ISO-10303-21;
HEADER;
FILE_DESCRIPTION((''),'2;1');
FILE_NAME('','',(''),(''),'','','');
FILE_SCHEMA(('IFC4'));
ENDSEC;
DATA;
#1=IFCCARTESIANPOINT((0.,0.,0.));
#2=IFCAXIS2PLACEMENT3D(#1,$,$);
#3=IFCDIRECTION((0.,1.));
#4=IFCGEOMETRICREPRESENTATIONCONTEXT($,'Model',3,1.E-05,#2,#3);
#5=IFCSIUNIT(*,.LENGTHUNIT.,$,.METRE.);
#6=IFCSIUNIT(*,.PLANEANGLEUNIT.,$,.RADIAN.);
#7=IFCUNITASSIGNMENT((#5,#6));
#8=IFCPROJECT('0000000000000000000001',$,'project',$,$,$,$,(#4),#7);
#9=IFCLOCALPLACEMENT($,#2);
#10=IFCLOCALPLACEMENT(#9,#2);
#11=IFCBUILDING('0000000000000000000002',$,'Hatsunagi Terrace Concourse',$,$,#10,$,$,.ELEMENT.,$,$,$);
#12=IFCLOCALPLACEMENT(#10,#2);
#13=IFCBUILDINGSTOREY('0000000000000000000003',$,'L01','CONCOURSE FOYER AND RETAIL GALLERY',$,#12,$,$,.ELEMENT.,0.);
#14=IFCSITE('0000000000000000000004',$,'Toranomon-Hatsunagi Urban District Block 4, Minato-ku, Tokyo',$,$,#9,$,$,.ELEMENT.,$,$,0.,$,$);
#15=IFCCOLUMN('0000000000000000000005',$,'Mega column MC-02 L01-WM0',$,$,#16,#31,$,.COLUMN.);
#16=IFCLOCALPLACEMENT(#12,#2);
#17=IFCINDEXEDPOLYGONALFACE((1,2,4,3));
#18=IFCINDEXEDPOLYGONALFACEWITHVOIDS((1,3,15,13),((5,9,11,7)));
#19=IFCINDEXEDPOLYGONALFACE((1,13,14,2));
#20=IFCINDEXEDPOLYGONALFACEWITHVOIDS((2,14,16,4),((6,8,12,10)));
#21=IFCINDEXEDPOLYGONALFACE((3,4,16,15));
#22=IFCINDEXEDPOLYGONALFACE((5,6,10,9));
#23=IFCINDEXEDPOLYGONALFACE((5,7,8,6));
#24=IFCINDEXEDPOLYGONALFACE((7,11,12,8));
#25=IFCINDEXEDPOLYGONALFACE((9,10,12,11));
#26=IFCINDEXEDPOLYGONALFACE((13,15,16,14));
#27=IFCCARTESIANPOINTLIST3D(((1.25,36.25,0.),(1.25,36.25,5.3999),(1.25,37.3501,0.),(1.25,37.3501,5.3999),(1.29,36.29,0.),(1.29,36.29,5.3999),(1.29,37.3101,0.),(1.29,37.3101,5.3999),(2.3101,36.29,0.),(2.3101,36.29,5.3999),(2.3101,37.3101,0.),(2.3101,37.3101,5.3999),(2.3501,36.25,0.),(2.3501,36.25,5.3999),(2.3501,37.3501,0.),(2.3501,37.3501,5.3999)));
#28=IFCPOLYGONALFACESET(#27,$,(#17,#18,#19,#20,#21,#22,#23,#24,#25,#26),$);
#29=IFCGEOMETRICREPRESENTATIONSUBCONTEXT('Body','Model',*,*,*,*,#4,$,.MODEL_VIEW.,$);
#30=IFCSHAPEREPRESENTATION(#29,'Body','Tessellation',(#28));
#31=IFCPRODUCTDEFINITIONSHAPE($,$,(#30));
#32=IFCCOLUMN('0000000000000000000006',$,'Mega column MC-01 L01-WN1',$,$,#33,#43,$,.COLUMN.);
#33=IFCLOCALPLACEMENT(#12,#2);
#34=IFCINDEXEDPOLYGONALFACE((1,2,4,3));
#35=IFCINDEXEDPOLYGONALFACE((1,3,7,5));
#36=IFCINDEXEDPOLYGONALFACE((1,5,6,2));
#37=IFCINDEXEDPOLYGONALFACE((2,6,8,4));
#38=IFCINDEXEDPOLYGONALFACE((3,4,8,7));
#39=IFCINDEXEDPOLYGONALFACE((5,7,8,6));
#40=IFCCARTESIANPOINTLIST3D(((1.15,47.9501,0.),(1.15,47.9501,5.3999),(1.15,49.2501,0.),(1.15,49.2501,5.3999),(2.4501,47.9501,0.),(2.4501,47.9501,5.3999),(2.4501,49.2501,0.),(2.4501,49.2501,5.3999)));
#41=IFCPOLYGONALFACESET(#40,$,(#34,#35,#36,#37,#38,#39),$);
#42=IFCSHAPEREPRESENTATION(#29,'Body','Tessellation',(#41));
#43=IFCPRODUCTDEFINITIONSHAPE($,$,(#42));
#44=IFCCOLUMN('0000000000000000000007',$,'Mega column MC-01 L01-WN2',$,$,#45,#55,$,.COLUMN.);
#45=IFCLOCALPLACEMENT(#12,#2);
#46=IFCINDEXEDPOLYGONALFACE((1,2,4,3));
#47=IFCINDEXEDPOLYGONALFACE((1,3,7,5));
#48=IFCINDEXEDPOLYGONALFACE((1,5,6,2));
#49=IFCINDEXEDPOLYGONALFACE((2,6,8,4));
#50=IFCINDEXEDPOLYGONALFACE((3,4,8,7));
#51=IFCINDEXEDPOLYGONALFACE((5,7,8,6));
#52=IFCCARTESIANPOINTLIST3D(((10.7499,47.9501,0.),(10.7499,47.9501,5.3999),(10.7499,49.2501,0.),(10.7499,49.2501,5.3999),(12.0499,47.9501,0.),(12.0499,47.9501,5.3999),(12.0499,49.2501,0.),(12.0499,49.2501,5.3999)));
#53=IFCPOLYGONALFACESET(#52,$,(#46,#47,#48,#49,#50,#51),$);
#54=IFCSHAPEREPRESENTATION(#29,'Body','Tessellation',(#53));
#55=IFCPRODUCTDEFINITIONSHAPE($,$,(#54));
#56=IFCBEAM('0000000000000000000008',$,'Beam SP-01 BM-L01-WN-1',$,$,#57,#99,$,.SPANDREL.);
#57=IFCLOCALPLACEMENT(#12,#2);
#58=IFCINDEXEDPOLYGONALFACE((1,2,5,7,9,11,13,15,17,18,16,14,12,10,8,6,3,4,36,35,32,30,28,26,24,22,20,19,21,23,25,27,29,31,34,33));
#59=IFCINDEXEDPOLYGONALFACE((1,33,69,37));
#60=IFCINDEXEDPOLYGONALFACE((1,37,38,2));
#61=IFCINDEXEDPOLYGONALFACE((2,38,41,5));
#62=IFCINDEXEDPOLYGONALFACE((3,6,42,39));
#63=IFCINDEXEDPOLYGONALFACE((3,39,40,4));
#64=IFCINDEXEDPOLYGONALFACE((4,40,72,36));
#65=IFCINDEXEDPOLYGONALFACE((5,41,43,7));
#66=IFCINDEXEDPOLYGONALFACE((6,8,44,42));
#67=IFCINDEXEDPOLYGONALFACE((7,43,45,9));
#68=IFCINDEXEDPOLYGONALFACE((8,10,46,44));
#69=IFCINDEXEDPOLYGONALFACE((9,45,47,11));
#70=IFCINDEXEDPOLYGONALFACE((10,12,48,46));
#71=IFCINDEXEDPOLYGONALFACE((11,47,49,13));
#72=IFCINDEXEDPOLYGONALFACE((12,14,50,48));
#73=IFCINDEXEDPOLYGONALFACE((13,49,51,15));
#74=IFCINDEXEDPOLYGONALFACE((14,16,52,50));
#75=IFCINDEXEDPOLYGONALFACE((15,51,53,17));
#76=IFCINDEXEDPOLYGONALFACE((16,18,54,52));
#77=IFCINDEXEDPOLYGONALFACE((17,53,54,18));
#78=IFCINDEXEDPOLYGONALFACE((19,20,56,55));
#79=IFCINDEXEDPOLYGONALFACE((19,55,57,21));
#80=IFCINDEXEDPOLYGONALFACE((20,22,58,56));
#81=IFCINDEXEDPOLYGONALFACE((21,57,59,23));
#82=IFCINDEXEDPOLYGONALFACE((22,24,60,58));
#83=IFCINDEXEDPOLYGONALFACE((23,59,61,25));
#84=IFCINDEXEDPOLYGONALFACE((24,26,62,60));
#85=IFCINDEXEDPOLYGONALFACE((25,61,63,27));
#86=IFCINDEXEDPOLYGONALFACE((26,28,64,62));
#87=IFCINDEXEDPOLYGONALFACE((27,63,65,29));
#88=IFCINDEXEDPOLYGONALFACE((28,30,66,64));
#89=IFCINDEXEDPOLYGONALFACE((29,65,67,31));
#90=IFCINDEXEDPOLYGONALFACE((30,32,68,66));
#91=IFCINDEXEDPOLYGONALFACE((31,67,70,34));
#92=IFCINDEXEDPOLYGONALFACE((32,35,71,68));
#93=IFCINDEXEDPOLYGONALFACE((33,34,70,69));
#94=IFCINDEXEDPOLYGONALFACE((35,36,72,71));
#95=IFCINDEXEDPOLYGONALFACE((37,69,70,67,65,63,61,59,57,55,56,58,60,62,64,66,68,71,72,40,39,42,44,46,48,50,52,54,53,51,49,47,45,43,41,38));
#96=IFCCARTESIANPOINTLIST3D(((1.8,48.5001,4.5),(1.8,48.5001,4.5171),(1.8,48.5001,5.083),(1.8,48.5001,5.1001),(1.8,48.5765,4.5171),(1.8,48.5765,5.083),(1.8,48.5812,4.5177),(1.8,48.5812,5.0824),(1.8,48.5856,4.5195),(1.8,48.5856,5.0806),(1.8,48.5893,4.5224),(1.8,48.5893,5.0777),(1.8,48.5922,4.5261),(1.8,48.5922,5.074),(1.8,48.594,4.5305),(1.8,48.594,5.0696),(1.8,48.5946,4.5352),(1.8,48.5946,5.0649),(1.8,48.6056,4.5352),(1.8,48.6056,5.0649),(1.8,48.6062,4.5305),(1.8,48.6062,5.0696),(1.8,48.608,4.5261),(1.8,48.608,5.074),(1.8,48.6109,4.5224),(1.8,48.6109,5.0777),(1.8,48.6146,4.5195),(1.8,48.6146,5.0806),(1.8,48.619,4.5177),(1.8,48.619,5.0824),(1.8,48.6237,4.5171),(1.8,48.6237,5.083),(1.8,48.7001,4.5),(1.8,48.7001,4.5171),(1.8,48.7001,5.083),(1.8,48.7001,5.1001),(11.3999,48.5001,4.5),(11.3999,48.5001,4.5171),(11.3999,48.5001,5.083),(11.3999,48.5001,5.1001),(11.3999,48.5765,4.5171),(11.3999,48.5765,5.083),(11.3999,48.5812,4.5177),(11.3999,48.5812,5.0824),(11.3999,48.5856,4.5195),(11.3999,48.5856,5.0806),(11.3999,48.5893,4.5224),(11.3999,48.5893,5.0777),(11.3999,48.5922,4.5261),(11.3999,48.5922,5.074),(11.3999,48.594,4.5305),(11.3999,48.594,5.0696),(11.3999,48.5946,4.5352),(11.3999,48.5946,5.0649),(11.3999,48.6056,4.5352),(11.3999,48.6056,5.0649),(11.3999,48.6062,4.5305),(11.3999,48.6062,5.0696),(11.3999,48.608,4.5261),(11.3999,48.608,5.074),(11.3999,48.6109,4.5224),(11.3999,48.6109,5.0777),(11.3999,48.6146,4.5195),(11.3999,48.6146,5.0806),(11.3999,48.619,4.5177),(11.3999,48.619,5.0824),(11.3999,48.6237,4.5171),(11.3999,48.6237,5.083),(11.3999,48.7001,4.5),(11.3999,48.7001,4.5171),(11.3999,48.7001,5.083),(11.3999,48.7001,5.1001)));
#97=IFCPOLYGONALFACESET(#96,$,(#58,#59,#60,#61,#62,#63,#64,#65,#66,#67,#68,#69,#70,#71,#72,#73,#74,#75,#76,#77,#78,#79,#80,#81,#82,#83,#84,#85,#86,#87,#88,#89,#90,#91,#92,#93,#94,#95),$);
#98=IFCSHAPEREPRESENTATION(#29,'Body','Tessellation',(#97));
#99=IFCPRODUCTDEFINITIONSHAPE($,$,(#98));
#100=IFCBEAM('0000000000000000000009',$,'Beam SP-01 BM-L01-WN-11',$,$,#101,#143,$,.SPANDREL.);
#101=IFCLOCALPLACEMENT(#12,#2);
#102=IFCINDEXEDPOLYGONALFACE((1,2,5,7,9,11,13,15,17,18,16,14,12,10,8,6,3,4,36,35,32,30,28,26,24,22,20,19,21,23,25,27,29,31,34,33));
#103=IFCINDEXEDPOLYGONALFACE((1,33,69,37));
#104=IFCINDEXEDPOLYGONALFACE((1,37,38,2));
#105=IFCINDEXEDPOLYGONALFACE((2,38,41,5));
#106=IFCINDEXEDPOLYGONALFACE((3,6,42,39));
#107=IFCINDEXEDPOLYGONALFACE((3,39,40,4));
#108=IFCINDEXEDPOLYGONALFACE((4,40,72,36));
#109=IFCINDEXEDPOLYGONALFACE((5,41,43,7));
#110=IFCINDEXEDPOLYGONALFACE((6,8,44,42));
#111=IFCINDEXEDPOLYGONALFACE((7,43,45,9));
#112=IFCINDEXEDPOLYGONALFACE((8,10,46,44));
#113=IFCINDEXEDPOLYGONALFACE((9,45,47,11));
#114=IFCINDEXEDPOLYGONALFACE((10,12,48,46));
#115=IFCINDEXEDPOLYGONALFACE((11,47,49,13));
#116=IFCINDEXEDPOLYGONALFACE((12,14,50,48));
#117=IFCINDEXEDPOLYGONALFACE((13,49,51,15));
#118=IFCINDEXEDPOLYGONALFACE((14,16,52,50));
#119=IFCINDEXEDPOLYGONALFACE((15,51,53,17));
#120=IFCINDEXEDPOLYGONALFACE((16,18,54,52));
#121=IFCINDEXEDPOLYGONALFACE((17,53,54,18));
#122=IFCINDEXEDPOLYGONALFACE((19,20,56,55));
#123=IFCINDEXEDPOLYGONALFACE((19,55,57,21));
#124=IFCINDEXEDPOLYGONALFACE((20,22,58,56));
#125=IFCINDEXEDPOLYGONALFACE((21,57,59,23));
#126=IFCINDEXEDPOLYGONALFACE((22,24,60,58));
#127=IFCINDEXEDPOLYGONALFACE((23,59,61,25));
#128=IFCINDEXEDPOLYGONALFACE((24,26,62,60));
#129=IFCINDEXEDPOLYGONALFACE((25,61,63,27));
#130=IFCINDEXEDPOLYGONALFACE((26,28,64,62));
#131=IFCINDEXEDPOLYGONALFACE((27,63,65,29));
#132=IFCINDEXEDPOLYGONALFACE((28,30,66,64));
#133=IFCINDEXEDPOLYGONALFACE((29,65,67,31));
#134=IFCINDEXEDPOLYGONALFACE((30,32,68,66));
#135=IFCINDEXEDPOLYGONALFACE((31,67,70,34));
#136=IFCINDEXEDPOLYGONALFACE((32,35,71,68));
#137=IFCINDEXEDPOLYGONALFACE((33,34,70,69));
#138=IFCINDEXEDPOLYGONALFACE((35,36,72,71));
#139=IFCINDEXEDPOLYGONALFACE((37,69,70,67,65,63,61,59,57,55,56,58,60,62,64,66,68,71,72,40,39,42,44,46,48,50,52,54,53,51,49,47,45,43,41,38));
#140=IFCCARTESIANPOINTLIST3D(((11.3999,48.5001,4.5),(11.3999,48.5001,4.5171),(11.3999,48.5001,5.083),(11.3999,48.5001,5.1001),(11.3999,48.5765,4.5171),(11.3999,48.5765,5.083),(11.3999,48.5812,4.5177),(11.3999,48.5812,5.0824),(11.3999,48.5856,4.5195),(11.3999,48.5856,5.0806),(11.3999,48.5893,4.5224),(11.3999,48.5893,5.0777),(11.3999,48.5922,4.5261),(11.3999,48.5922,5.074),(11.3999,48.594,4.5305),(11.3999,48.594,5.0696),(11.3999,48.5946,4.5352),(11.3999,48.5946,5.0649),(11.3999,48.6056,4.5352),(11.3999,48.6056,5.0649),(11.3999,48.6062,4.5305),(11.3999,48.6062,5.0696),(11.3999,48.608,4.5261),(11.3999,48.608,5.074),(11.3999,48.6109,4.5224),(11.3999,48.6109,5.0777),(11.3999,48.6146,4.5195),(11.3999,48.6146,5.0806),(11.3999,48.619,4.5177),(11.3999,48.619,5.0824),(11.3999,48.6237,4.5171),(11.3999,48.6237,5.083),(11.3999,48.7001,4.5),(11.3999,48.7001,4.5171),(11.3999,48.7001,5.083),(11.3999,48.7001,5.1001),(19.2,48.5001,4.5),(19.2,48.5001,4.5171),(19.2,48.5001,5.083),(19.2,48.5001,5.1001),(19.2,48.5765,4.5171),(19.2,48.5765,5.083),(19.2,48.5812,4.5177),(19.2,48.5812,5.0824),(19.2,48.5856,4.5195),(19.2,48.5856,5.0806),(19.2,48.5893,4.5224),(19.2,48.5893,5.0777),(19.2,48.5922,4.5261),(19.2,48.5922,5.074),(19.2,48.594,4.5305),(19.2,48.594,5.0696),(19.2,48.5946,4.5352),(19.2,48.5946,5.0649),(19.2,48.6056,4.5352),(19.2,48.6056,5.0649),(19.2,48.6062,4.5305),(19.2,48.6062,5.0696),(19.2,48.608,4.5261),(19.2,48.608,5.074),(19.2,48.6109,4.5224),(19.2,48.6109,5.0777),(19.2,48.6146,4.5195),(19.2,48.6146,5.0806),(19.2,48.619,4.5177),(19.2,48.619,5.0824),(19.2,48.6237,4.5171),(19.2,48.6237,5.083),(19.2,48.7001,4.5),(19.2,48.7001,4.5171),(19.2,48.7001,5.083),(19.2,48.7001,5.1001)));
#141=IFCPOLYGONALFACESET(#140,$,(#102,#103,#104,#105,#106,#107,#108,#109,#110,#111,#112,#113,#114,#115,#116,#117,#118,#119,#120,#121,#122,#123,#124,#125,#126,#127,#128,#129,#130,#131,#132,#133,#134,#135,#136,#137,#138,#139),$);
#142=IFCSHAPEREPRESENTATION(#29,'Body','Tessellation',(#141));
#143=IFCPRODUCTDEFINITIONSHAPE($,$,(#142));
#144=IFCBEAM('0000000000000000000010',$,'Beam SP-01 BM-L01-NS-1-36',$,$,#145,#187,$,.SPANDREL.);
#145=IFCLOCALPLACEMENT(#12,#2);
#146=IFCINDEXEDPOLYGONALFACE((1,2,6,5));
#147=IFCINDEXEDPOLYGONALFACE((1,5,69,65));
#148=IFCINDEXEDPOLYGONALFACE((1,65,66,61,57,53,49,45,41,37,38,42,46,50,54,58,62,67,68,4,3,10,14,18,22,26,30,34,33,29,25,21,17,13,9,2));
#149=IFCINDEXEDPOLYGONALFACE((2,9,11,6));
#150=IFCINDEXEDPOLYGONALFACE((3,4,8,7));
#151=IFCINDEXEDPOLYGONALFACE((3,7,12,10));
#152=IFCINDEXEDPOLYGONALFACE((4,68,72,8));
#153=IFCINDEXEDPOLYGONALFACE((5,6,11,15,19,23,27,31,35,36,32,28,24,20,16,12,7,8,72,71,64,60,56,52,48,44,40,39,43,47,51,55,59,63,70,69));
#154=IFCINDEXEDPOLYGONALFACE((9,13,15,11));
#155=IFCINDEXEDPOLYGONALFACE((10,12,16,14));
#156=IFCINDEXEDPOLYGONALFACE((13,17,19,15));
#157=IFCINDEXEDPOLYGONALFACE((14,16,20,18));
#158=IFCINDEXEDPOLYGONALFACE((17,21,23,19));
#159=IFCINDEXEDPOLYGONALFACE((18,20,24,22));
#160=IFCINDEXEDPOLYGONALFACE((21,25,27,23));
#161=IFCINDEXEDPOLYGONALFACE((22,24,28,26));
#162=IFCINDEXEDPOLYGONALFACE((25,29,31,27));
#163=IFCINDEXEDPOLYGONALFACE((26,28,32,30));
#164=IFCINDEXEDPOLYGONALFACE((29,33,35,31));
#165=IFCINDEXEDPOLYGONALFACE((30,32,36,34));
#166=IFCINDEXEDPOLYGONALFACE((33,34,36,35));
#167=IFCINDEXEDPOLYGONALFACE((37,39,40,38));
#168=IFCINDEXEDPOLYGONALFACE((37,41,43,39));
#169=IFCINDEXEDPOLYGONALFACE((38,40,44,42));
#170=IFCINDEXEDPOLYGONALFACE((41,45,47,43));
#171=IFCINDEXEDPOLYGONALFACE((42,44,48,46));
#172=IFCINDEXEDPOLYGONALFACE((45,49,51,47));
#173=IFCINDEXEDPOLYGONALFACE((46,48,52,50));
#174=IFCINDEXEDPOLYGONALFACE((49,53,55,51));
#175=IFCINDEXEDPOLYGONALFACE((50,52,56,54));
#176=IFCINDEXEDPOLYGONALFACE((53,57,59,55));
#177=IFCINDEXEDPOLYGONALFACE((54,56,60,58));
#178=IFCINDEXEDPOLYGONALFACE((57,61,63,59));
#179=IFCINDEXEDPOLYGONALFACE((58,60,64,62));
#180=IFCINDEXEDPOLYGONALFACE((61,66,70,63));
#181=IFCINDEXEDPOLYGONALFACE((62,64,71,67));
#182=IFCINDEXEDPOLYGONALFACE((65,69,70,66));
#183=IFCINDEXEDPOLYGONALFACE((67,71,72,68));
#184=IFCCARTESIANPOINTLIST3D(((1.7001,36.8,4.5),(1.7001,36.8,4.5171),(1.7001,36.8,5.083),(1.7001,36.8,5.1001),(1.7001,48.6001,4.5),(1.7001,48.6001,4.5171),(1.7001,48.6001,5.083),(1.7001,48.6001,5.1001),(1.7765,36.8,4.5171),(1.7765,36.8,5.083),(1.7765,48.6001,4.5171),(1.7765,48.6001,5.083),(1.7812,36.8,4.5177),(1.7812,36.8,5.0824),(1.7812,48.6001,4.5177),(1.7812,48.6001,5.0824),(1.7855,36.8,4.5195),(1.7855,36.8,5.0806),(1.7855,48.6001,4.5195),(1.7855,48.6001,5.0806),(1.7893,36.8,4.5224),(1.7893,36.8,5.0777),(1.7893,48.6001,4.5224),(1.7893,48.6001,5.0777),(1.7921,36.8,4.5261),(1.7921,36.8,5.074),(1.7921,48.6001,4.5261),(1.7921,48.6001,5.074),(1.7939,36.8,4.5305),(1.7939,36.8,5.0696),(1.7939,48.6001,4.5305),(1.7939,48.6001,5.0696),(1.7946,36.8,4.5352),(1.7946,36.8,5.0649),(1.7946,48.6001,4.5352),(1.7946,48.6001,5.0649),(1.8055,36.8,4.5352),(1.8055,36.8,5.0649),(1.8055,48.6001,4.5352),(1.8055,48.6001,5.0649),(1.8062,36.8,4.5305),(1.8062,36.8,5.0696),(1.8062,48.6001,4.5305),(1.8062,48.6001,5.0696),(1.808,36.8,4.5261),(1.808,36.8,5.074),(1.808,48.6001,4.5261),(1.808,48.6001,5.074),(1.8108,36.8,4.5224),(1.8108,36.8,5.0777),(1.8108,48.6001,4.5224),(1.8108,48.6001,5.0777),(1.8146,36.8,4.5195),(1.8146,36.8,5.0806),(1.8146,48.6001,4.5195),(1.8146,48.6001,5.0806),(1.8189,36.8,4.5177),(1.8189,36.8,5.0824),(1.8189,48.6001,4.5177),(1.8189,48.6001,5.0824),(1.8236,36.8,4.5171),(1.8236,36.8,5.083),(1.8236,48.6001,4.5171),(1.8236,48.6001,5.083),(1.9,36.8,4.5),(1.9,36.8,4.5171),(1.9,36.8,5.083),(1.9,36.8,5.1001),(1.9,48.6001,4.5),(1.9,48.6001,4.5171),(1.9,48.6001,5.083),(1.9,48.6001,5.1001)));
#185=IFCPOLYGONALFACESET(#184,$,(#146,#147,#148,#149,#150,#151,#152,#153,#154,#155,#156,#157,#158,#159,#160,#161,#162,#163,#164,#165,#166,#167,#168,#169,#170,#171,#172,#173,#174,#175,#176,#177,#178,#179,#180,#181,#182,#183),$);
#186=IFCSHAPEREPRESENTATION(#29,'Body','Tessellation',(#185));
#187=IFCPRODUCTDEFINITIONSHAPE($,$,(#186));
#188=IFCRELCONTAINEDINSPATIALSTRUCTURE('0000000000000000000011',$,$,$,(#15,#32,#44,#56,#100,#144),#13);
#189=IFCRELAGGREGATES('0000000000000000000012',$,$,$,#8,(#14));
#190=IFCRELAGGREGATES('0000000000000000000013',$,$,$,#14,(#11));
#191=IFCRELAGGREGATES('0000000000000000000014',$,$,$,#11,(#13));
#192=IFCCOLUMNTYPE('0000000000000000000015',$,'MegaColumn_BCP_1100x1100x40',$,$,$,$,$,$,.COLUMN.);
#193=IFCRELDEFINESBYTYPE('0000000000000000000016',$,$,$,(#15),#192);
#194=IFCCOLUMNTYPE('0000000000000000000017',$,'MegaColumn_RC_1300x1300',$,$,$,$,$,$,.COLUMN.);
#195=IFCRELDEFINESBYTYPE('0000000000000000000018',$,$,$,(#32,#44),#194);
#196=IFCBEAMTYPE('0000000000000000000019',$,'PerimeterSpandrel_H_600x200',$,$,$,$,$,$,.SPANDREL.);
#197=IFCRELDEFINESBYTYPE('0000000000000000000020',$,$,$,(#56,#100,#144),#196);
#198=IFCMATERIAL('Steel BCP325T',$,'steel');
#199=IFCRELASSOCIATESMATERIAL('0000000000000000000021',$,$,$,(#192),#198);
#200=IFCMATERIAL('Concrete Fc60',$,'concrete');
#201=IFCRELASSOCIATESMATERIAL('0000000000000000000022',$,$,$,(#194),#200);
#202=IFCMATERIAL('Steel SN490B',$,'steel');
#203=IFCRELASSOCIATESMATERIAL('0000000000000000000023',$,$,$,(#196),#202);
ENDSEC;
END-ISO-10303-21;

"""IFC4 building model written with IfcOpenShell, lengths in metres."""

from ifc_helpers import new_model, si_unit, direction, frame, origin, origin_2d, place, context, subcontext, project, spatial, rectangle, hollow_rectangle, i_section, extrude, material, material_profile, profile_set, type_object, element, save


model = new_model("IFC4")

# Units and contexts
model_context = context("Model", 3, precision=1e-05, world=origin(), true_north=direction((0.0, 1.0)))
body_context = subcontext(model_context, "Body", "Model", "MODEL_VIEW")
ifc_project = project(units=[si_unit("LENGTHUNIT", "METRE"), si_unit("PLANEANGLEUNIT", "RADIAN")], contexts=[model_context])

# Site, building, storey
site_placement = place(None, origin())
site = spatial("IfcSite", under=ifc_project, at=site_placement, Name="Toranomon-Hatsunagi Urban District Block 4, Minato-ku, Tokyo", CompositionType="ELEMENT", RefElevation=0.0)
building_placement = place(site_placement, origin())
building = spatial("IfcBuilding", under=site, at=building_placement, Name="Hatsunagi Terrace Concourse", CompositionType="ELEMENT")
storey_placement = place(building_placement, origin())
storey = spatial("IfcBuildingStorey", under=building, at=storey_placement, Name="L01", Description="CONCOURSE FOYER AND RETAIL GALLERY", CompositionType="ELEMENT", Elevation=0.0)

# Columns
ifc_material_1 = material(Name="Steel BCP325T", Category="steel")
ifc_material_profile_1 = material_profile(ifc_material_1, hollow_rectangle(XDim=1.1001, YDim=1.1001, WallThickness=0.04, at=origin_2d()), Name="BCP-1100x1100x40")
ifc_profile_set_1 = profile_set([ifc_material_profile_1], Name="Steel BCP325T")
column_type_1 = type_object("IfcColumnType", Name="MegaColumn_BCP_1100x1100x40", PredefinedType="COLUMN", material=ifc_profile_set_1)
column_placement = place(storey_placement, frame((1.8, 36.8, 0.0), z_axis=(0.0, 0.0, 1.0), x_axis=(1.0, 0.0, 0.0)))
element("IfcColumn", 1, at=column_placement, inside=storey, type_object=column_type_1, Name="Mega column MC-02 L01-WM0", PredefinedType="COLUMN", context=body_context, shape_type="SweptSolid", body=[
    extrude(hollow_rectangle(XDim=1.1001, YDim=1.1001, WallThickness=0.04, at=origin_2d()), origin(), (0.0, 0.0, 1.0), 5.3999),
])
ifc_material_2 = material(Name="Concrete Fc60", Category="concrete")
ifc_material_profile_2 = material_profile(ifc_material_2, rectangle(XDim=1.3, YDim=1.3, at=origin_2d()), Name="RC-1300x1300")
ifc_profile_set_2 = profile_set([ifc_material_profile_2], Name="Concrete Fc60")
column_type_2 = type_object("IfcColumnType", Name="MegaColumn_RC_1300x1300", PredefinedType="COLUMN", material=ifc_profile_set_2)
for number, where, z_axis, x_axis, name in (
    (2, (1.8, 48.6001, 0.0), (0.0, 0.0, 1.0), (1.0, 0.0, 0.0), "Mega column MC-01 L01-WN1"),
    (3, (11.3999, 48.6001, 0.0), (0.0, 0.0, 1.0), (1.0, 0.0, 0.0), "Mega column MC-01 L01-WN2"),
):
    element("IfcColumn", number, at=place(storey_placement, frame(where, z_axis=z_axis, x_axis=x_axis)), inside=storey, type_object=column_type_2, Name=name, PredefinedType="COLUMN", context=body_context, shape_type="SweptSolid", body=[
        extrude(rectangle(XDim=1.3, YDim=1.3, at=origin_2d()), origin(), (0.0, 0.0, 1.0), 5.3999),
    ])

# Beams
ifc_material_3 = material(Name="Steel SN490B", Category="steel")
ifc_material_profile_3 = material_profile(ifc_material_3, i_section(OverallWidth=0.2, OverallDepth=0.6001, WebThickness=0.011, FlangeThickness=0.0171, FilletRadius=0.0181, at=origin_2d()), Name="H-600x200x11x17")
ifc_profile_set_3 = profile_set([ifc_material_profile_3], Name="Steel SN490B")
beam_type = type_object("IfcBeamType", Name="PerimeterSpandrel_H_600x200", PredefinedType="SPANDREL", material=ifc_profile_set_3)
beam_1_placement = place(storey_placement, frame((1.8, 48.6001, 4.8), z_axis=(1.0, 0.0, 0.0), x_axis=(0.0, 1.0, 0.0)))
element("IfcBeam", 4, at=beam_1_placement, inside=storey, type_object=beam_type, Name="Beam SP-01 BM-L01-WN-1", PredefinedType="SPANDREL", context=body_context, shape_type="SweptSolid", body=[
    extrude(i_section(OverallWidth=0.2, OverallDepth=0.6001, WebThickness=0.011, FlangeThickness=0.0171, FilletRadius=0.0181, at=origin_2d()), origin(), (0.0, 0.0, 1.0), 9.5999),
])
beam_2_placement = place(storey_placement, frame((11.3999, 48.6001, 4.8), z_axis=(1.0, 0.0, 0.0), x_axis=(0.0, 1.0, 0.0)))
element("IfcBeam", 5, at=beam_2_placement, inside=storey, type_object=beam_type, Name="Beam SP-01 BM-L01-WN-11", PredefinedType="SPANDREL", context=body_context, shape_type="SweptSolid", body=[
    extrude(i_section(OverallWidth=0.2, OverallDepth=0.6001, WebThickness=0.011, FlangeThickness=0.0171, FilletRadius=0.0181, at=origin_2d()), origin(), (0.0, 0.0, 1.0), 7.8),
])
beam_3_placement = place(storey_placement, frame((1.8, 36.8, 4.8), z_axis=(0.0, 1.0, 0.0), x_axis=(-1.0, 0.0, 0.0)))
element("IfcBeam", 6, at=beam_3_placement, inside=storey, type_object=beam_type, Name="Beam SP-01 BM-L01-NS-1-36", PredefinedType="SPANDREL", context=body_context, shape_type="SweptSolid", body=[
    extrude(i_section(OverallWidth=0.2, OverallDepth=0.6001, WebThickness=0.011, FlangeThickness=0.0171, FilletRadius=0.0181, at=origin_2d()), origin(), (0.0, 0.0, 1.0), 11.8),
])

save(model, "model.ifc")
